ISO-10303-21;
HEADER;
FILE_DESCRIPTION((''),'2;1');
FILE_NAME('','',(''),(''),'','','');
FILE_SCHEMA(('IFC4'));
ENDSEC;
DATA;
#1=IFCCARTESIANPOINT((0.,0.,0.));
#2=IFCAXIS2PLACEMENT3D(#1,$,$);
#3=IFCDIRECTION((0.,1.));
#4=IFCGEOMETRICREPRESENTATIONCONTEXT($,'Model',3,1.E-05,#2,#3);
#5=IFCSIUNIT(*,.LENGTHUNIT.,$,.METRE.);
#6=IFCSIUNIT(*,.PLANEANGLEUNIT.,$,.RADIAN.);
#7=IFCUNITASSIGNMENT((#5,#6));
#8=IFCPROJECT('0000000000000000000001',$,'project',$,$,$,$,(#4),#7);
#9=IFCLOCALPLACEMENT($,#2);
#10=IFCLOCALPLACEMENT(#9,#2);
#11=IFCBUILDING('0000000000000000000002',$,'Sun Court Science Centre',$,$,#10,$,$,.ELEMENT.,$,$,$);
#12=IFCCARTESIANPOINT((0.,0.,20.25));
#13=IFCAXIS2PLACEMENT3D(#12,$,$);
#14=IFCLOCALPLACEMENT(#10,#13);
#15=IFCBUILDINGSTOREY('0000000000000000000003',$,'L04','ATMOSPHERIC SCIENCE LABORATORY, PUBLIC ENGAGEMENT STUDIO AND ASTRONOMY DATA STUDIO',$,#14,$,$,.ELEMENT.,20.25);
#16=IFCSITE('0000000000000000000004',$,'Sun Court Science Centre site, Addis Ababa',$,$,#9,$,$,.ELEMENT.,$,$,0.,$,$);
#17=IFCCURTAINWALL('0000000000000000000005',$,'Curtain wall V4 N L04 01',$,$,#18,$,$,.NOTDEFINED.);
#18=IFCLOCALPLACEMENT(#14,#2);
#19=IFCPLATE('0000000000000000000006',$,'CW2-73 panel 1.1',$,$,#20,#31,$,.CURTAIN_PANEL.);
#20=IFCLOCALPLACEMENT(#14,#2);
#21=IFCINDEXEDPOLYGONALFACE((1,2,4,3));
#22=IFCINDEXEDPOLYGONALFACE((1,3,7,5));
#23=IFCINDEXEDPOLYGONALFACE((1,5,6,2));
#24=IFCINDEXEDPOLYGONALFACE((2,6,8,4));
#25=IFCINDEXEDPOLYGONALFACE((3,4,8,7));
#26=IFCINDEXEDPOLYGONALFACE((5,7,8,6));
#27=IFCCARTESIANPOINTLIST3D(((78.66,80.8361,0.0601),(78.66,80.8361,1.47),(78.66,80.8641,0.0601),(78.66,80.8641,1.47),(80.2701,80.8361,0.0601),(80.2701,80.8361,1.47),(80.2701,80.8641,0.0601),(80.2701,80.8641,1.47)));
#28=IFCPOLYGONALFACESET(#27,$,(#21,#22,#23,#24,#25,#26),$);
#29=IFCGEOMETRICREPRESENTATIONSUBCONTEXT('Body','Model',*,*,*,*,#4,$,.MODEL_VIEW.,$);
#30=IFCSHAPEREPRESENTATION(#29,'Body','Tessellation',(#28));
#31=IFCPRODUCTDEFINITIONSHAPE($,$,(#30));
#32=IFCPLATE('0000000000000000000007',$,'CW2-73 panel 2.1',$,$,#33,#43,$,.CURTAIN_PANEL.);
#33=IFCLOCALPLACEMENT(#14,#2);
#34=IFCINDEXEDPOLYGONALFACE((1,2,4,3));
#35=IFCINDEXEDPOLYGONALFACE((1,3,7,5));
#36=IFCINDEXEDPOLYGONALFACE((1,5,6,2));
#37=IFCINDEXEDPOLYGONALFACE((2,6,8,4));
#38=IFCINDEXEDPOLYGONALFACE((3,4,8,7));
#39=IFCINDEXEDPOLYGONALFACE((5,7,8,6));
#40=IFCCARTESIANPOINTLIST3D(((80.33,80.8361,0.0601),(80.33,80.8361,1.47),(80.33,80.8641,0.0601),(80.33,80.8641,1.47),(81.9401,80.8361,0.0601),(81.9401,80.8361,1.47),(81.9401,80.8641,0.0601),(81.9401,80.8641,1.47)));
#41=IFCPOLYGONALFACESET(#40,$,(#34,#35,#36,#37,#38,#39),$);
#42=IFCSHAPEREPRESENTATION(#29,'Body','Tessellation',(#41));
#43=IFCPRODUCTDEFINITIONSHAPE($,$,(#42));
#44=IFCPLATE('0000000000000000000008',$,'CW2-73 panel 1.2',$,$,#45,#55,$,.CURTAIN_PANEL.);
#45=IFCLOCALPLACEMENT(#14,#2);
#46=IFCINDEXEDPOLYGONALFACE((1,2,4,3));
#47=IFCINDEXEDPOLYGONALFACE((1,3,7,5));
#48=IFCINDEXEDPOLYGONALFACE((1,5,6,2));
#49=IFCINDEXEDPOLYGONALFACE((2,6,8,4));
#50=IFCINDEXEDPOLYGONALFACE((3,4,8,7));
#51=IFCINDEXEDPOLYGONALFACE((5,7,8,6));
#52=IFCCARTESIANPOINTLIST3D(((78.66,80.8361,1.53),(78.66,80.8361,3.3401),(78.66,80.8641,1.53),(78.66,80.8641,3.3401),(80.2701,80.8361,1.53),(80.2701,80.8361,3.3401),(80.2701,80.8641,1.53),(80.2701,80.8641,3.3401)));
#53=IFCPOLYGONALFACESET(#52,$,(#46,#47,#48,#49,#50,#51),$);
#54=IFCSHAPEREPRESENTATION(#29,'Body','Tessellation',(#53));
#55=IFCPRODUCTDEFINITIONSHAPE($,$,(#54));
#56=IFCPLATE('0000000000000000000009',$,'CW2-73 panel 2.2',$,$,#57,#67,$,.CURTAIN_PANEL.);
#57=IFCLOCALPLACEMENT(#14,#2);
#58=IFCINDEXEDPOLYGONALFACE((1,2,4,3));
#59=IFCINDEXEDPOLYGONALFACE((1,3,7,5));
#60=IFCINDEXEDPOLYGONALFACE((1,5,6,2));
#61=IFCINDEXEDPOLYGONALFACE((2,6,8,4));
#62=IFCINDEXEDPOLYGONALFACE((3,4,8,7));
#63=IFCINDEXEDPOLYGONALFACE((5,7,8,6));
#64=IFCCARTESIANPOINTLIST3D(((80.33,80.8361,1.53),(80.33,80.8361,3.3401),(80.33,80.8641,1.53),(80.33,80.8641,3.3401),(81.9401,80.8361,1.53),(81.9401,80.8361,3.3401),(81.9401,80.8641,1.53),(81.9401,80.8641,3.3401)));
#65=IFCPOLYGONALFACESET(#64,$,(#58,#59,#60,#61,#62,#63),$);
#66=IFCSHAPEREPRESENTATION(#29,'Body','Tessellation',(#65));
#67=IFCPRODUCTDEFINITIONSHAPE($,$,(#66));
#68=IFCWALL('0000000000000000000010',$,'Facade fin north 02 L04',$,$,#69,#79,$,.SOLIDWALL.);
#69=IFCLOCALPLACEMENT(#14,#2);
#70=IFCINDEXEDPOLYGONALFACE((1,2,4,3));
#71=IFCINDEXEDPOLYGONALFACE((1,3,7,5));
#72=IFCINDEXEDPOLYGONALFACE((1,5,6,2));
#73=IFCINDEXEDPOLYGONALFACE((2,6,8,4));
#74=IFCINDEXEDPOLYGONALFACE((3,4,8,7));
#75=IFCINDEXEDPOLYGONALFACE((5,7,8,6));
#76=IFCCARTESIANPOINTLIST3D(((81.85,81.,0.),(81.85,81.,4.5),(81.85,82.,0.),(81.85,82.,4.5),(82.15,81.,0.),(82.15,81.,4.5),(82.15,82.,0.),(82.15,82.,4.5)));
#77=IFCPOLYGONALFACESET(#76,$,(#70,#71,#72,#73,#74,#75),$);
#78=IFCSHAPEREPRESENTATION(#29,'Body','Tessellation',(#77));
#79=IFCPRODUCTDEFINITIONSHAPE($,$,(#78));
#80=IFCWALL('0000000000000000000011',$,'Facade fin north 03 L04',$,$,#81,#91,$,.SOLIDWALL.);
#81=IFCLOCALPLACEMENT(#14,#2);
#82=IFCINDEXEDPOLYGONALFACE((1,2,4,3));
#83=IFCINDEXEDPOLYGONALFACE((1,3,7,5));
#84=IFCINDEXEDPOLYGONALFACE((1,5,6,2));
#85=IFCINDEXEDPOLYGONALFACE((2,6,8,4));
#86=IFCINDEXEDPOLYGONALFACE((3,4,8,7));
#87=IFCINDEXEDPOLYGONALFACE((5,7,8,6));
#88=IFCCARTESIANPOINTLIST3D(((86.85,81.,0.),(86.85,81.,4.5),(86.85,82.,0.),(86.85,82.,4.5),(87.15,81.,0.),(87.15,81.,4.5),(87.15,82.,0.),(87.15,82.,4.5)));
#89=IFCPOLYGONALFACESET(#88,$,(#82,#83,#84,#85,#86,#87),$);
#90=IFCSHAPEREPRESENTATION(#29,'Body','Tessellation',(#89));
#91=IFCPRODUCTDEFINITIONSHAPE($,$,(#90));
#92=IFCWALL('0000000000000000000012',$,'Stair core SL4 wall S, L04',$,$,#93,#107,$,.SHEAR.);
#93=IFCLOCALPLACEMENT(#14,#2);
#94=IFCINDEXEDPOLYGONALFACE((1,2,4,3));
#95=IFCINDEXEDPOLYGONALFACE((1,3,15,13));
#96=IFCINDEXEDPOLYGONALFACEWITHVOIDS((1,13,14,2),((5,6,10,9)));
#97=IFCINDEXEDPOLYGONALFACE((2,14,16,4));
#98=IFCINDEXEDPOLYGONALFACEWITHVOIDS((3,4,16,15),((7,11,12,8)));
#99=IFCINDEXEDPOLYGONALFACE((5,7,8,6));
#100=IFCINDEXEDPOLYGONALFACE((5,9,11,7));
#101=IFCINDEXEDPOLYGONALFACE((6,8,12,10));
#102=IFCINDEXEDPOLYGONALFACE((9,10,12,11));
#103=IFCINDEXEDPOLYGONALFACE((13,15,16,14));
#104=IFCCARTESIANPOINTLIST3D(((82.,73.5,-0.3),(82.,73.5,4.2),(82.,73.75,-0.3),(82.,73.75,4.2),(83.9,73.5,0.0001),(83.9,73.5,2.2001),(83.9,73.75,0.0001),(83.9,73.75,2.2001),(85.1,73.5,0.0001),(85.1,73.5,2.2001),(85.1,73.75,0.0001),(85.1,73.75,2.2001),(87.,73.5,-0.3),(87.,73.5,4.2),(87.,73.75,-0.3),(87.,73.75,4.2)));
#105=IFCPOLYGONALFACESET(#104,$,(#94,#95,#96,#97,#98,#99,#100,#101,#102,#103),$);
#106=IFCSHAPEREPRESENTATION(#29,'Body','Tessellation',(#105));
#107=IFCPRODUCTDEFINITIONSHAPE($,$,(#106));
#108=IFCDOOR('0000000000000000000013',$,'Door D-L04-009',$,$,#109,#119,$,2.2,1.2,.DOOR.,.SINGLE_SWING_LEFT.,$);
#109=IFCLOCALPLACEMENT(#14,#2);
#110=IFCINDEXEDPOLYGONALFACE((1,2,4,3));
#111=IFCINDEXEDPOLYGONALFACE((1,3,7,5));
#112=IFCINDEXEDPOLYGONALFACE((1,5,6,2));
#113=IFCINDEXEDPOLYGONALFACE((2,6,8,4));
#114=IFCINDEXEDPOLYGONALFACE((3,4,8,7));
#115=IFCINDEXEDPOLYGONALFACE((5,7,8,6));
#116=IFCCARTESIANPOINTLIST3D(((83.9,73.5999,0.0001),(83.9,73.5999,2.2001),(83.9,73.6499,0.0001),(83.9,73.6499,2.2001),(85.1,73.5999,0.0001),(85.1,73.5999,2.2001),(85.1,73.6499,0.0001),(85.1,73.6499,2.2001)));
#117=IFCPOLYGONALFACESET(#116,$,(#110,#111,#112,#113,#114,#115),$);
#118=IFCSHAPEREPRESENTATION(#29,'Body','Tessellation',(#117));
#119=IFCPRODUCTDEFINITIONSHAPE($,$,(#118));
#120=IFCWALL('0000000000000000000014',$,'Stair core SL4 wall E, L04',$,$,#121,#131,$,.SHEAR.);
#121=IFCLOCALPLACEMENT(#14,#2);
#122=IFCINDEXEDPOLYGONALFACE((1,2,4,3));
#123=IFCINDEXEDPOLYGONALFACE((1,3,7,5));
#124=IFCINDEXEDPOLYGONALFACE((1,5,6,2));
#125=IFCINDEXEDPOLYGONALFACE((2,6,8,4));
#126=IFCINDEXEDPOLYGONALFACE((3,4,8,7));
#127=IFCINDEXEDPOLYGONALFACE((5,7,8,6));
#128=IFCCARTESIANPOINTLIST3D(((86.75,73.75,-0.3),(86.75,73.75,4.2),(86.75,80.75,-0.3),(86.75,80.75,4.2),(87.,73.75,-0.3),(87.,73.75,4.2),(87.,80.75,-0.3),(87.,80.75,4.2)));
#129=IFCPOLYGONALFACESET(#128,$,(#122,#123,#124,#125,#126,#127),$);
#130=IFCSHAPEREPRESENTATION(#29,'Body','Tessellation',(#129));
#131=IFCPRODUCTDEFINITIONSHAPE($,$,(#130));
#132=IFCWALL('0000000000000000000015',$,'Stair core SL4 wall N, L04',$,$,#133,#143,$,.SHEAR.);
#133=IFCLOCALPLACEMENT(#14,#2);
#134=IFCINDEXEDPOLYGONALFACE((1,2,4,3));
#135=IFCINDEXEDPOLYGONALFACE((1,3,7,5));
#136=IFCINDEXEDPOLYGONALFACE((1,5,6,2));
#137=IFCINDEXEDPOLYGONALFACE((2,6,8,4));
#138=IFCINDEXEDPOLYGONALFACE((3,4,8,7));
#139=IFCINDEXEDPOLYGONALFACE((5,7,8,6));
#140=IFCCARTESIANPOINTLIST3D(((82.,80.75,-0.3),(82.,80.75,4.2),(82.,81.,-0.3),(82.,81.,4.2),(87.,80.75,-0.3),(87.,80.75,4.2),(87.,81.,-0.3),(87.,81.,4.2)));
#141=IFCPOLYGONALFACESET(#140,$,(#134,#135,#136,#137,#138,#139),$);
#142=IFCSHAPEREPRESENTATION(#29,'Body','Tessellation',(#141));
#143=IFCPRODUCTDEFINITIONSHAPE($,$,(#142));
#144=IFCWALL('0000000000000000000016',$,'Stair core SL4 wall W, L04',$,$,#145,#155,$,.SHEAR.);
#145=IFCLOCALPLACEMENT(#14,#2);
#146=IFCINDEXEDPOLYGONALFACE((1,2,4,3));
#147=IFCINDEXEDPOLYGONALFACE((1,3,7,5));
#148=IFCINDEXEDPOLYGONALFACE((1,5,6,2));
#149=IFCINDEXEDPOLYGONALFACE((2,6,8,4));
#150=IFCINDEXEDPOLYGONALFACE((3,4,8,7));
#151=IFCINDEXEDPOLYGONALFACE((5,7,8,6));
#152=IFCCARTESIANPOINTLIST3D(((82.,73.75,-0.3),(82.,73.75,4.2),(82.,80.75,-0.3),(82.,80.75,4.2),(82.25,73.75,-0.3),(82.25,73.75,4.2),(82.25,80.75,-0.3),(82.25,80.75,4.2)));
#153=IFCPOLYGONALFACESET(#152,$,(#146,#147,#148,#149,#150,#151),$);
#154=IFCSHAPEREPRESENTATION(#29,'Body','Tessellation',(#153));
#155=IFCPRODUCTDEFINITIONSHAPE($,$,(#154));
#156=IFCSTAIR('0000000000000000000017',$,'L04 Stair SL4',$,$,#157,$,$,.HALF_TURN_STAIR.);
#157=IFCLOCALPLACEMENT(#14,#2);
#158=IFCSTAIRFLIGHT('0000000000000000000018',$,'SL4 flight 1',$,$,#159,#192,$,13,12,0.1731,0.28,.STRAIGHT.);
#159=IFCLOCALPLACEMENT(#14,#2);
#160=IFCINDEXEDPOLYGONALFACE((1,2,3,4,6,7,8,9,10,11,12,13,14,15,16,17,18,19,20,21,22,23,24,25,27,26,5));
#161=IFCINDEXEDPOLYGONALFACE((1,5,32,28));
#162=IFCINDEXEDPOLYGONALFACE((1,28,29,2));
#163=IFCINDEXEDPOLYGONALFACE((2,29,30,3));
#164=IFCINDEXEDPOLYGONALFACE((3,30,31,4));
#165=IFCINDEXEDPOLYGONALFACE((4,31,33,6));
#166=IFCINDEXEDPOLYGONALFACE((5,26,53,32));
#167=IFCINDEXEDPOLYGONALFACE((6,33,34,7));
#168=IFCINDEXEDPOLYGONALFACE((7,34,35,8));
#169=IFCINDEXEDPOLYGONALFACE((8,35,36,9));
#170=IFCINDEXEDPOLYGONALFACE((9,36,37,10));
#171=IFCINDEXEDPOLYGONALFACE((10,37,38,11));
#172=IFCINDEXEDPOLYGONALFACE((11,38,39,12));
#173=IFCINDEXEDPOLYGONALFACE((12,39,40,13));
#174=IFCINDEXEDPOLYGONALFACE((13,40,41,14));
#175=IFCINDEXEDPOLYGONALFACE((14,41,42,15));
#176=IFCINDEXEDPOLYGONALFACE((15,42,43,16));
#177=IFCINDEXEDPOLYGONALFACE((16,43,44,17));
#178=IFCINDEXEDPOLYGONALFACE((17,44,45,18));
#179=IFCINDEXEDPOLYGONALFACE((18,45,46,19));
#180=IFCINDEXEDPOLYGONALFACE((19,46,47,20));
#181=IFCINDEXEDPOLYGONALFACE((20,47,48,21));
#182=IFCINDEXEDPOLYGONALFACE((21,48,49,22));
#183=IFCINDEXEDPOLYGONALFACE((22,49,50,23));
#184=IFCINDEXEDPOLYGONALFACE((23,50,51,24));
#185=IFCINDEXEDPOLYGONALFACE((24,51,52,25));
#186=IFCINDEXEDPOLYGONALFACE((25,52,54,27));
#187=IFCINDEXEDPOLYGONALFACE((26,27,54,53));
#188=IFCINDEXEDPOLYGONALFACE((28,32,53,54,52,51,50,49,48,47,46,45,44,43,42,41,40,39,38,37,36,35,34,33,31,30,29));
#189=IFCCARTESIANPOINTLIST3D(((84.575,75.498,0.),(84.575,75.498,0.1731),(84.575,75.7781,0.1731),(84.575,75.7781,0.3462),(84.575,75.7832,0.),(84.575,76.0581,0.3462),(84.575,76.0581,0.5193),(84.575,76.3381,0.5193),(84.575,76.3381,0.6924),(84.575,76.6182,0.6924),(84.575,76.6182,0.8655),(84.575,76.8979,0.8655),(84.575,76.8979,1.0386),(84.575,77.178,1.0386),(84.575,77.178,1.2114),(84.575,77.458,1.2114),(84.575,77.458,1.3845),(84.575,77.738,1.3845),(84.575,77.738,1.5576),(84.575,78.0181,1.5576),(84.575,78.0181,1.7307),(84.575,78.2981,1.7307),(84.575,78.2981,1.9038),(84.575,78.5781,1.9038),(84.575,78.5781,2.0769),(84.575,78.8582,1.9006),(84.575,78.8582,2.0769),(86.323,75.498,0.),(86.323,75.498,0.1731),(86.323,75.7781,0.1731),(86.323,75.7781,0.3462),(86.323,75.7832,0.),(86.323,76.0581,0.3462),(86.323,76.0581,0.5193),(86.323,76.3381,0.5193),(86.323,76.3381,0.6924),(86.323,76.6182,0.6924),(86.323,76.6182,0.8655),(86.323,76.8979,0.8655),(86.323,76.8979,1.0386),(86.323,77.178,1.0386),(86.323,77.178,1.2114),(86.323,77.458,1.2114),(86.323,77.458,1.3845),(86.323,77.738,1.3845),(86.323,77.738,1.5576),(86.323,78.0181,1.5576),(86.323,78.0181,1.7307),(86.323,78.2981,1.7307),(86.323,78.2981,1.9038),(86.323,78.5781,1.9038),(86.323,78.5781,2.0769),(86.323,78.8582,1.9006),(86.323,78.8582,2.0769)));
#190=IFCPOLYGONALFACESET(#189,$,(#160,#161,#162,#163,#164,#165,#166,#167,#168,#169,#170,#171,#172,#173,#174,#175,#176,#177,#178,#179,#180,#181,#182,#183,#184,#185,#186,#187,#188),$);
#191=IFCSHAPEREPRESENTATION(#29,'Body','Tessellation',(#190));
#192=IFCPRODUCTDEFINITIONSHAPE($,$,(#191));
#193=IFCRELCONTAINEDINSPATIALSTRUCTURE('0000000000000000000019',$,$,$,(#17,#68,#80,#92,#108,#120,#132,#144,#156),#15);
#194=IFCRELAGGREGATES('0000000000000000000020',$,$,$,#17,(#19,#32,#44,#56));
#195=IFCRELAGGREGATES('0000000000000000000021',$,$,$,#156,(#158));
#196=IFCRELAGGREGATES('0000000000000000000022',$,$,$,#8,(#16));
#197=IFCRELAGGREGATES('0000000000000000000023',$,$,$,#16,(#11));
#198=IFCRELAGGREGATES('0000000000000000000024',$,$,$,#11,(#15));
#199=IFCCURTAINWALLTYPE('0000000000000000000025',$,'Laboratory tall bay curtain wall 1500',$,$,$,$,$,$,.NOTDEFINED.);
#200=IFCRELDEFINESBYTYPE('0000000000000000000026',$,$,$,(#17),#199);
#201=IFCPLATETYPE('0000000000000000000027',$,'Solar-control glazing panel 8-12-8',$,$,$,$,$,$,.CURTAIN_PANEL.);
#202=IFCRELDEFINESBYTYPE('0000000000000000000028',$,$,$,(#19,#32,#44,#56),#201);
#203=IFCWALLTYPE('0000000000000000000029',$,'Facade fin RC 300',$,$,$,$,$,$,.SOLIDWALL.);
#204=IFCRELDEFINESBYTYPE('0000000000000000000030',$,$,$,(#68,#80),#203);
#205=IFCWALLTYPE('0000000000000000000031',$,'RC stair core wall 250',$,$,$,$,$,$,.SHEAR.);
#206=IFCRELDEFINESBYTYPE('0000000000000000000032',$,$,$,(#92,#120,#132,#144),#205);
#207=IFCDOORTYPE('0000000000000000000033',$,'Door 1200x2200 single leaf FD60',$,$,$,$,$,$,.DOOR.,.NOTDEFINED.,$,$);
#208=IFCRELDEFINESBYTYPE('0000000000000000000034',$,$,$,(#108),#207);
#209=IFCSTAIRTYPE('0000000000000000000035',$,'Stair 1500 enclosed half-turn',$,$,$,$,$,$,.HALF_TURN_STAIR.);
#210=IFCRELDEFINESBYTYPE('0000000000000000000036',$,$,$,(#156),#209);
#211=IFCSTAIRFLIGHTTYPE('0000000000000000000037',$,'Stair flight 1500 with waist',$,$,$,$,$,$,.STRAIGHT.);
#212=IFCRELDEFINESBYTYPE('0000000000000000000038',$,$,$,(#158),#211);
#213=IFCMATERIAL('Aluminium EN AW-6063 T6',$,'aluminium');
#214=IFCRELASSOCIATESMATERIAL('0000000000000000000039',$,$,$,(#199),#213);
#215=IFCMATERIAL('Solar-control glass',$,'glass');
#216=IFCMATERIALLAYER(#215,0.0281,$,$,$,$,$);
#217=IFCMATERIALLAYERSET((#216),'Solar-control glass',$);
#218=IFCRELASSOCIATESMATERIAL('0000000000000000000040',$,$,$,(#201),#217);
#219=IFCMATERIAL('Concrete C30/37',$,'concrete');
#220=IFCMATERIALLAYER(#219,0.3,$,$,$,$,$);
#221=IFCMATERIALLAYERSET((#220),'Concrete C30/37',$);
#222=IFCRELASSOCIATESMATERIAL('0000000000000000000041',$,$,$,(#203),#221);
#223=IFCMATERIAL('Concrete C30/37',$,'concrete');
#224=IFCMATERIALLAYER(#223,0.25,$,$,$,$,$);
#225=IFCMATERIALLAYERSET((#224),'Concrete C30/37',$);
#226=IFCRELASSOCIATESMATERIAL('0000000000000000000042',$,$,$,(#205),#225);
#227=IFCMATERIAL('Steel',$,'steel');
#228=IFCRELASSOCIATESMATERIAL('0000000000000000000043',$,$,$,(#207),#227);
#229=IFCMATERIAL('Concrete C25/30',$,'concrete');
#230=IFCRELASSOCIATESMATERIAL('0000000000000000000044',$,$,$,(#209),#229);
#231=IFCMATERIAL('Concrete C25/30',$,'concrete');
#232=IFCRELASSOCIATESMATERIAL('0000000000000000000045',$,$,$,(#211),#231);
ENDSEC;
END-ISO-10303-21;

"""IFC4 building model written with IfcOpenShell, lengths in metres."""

from ifc_helpers import new_model, si_unit, direction, frame, frame_2d, origin, origin_2d, place, context, subcontext, project, spatial, polyline, rectangle, outline, extrude, material, layer, layer_set, type_object, element, fill, aggregate, save


model = new_model("IFC4")

# Units and contexts
model_context = context("Model", 3, precision=1e-05, world=origin(), true_north=direction((0.0, 1.0)))
body_context = subcontext(model_context, "Body", "Model", "MODEL_VIEW")
ifc_project = project(units=[si_unit("LENGTHUNIT", "METRE"), si_unit("PLANEANGLEUNIT", "RADIAN")], contexts=[model_context])

# Site, building, storey
site_placement = place(None, origin())
site = spatial("IfcSite", under=ifc_project, at=site_placement, Name="Sun Court Science Centre site, Addis Ababa", CompositionType="ELEMENT", RefElevation=0.0)
building_placement = place(site_placement, origin())
building = spatial("IfcBuilding", under=site, at=building_placement, Name="Sun Court Science Centre", CompositionType="ELEMENT")
storey_placement = place(building_placement, frame((0.0, 0.0, 20.25)))
storey = spatial("IfcBuildingStorey", under=building, at=storey_placement, Name="L04", Description="ATMOSPHERIC SCIENCE LABORATORY, PUBLIC ENGAGEMENT STUDIO AND ASTRONOMY DATA STUDIO", CompositionType="ELEMENT", Elevation=20.25)

# Curtain wall
ifc_material_1 = material(Name="Aluminium EN AW-6063 T6", Category="aluminium")
curtain_wall_type = type_object("IfcCurtainWallType", Name="Laboratory tall bay curtain wall 1500", PredefinedType="NOTDEFINED", material=ifc_material_1)
curtain_wall_1_placement = place(storey_placement, origin())
curtain_wall_1 = element("IfcCurtainWall", 1, at=curtain_wall_1_placement, inside=storey, type_object=curtain_wall_type, Name="Curtain wall V4 N L04 01", PredefinedType="NOTDEFINED")

# Plates
ifc_material_2 = material(Name="Solar-control glass", Category="glass")
ifc_layer_1 = layer(ifc_material_2, 0.0281)
ifc_layer_set_1 = layer_set([ifc_layer_1], Name="Solar-control glass")
plate_type = type_object("IfcPlateType", Name="Solar-control glazing panel 8-12-8", PredefinedType="CURTAIN_PANEL", material=ifc_layer_set_1)
plate_1_placement = place(storey_placement, frame((79.4651, 80.8501, 0.0601), z_axis=(0.0, 0.0, 1.0), x_axis=(1.0, 0.0, 0.0)))
plate_1 = element("IfcPlate", 2, at=plate_1_placement, type_object=plate_type, Name="CW2-73 panel 1.1", PredefinedType="CURTAIN_PANEL", context=body_context, shape_type="SweptSolid", body=[
    extrude(rectangle(XDim=1.6101, YDim=0.0281, at=origin_2d()), origin(), (0.0, 0.0, 1.0), 1.4099),
])
plate_2_placement = place(storey_placement, frame((81.135, 80.8501, 0.0601), z_axis=(0.0, 0.0, 1.0), x_axis=(1.0, 0.0, 0.0)))
plate_2 = element("IfcPlate", 3, at=plate_2_placement, type_object=plate_type, Name="CW2-73 panel 2.1", PredefinedType="CURTAIN_PANEL", context=body_context, shape_type="SweptSolid", body=[
    extrude(rectangle(XDim=1.6101, YDim=0.0281, at=origin_2d()), origin(), (0.0, 0.0, 1.0), 1.4099),
])
plate_3_placement = place(storey_placement, frame((79.4651, 80.8501, 1.53), z_axis=(0.0, 0.0, 1.0), x_axis=(1.0, 0.0, 0.0)))
plate_3 = element("IfcPlate", 4, at=plate_3_placement, type_object=plate_type, Name="CW2-73 panel 1.2", PredefinedType="CURTAIN_PANEL", context=body_context, shape_type="SweptSolid", body=[
    extrude(rectangle(XDim=1.6101, YDim=0.0281, at=origin_2d()), origin(), (0.0, 0.0, 1.0), 1.8101),
])
plate_4_placement = place(storey_placement, frame((81.135, 80.8501, 1.53), z_axis=(0.0, 0.0, 1.0), x_axis=(1.0, 0.0, 0.0)))
plate_4 = element("IfcPlate", 5, at=plate_4_placement, type_object=plate_type, Name="CW2-73 panel 2.2", PredefinedType="CURTAIN_PANEL", context=body_context, shape_type="SweptSolid", body=[
    extrude(rectangle(XDim=1.6101, YDim=0.0281, at=origin_2d()), origin(), (0.0, 0.0, 1.0), 1.8101),
])
aggregate(curtain_wall_1, [plate_1, plate_2, plate_3, plate_4])

# Walls
ifc_material_3 = material(Name="Concrete C30/37", Category="concrete")
ifc_layer_2 = layer(ifc_material_3, 0.3)
ifc_layer_set_2 = layer_set([ifc_layer_2], Name="Concrete C30/37")
wall_type_1 = type_object("IfcWallType", Name="Facade fin RC 300", PredefinedType="SOLIDWALL", material=ifc_layer_set_2)
for number, where, z_axis, x_axis, name in (
    (6, (82.0, 81.0, 0.0), (0.0, 0.0, 1.0), (0.0, 1.0, 0.0), "Facade fin north 02 L04"),
    (7, (87.0, 81.0, 0.0), (0.0, 0.0, 1.0), (0.0, 1.0, 0.0), "Facade fin north 03 L04"),
):
    element("IfcWall", number, at=place(storey_placement, frame(where, z_axis=z_axis, x_axis=x_axis)), inside=storey, type_object=wall_type_1, Name=name, PredefinedType="SOLIDWALL", context=body_context, shape_type="SweptSolid", body=[
        extrude(rectangle(XDim=1.0, YDim=0.3, at=frame_2d((0.5, 0.0))), origin(), (0.0, 0.0, 1.0), 4.5),
    ])

# Wall, opening, door
ifc_material_4 = material(Name="Concrete C30/37", Category="concrete")
ifc_layer_3 = layer(ifc_material_4, 0.25)
ifc_layer_set_3 = layer_set([ifc_layer_3], Name="Concrete C30/37")
wall_type_2 = type_object("IfcWallType", Name="RC stair core wall 250", PredefinedType="SHEAR", material=ifc_layer_set_3)
wall_1_placement = place(storey_placement, frame((82.0, 73.625, -0.3), z_axis=(0.0, 0.0, 1.0), x_axis=(1.0, 0.0, 0.0)))
wall_1 = element("IfcWall", 8, at=wall_1_placement, inside=storey, type_object=wall_type_2, Name="Stair core SL4 wall S, L04", PredefinedType="SHEAR", context=body_context, shape_type="SweptSolid", body=[
    extrude(rectangle(XDim=5.0, YDim=0.25, at=frame_2d((2.5, 0.0))), origin(), (0.0, 0.0, 1.0), 4.5),
])
opening_placement = place(wall_1_placement, frame((1.8999, 0.0, 0.3)))
opening = element("IfcOpeningElement", 9, at=opening_placement, cuts=wall_1, PredefinedType="OPENING", context=body_context, shape_type="SweptSolid", body=[
    extrude(rectangle(XDim=1.2, YDim=2.2, at=frame_2d((0.6001, 1.1001))), frame((0.0, 0.135, 0.0), z_axis=(0.0, -1.0, 0.0), x_axis=(1.0, 0.0, 0.0)), (0.0, 0.0, 1.0), 0.27),
])
ifc_material_5 = material(Name="Steel", Category="steel")
door_type = type_object("IfcDoorType", Name="Door 1200x2200 single leaf FD60", OperationType="NOTDEFINED", PredefinedType="DOOR", material=ifc_material_5)
door_placement = place(opening_placement, origin())
door = element("IfcDoor", 10, at=door_placement, inside=storey, type_object=door_type, Name="Door D-L04-009", OperationType="SINGLE_SWING_LEFT", OverallHeight=2.2, OverallWidth=1.2, PredefinedType="DOOR", context=body_context, shape_type="SweptSolid", body=[
    extrude(rectangle(XDim=1.2, YDim=2.2, at=frame_2d((0.6001, 1.1001))), frame((0.0, 0.0249, 0.0), z_axis=(0.0, -1.0, 0.0), x_axis=(1.0, 0.0, 0.0)), (0.0, 0.0, 1.0), 0.05),
])
fill(opening, door)

# Walls
wall_2_placement = place(storey_placement, frame((86.875, 73.75, -0.3), z_axis=(0.0, 0.0, 1.0), x_axis=(0.0, 1.0, 0.0)))
element("IfcWall", 11, at=wall_2_placement, inside=storey, type_object=wall_type_2, Name="Stair core SL4 wall E, L04", PredefinedType="SHEAR", context=body_context, shape_type="SweptSolid", body=[
    extrude(rectangle(XDim=7.0, YDim=0.25, at=frame_2d((3.5, 0.0))), origin(), (0.0, 0.0, 1.0), 4.5),
])
wall_3_placement = place(storey_placement, frame((82.0, 80.875, -0.3), z_axis=(0.0, 0.0, 1.0), x_axis=(1.0, 0.0, 0.0)))
element("IfcWall", 12, at=wall_3_placement, inside=storey, type_object=wall_type_2, Name="Stair core SL4 wall N, L04", PredefinedType="SHEAR", context=body_context, shape_type="SweptSolid", body=[
    extrude(rectangle(XDim=5.0, YDim=0.25, at=frame_2d((2.5, 0.0))), origin(), (0.0, 0.0, 1.0), 4.5),
])
wall_4_placement = place(storey_placement, frame((82.125, 73.75, -0.3), z_axis=(0.0, 0.0, 1.0), x_axis=(0.0, 1.0, 0.0)))
element("IfcWall", 13, at=wall_4_placement, inside=storey, type_object=wall_type_2, Name="Stair core SL4 wall W, L04", PredefinedType="SHEAR", context=body_context, shape_type="SweptSolid", body=[
    extrude(rectangle(XDim=7.0, YDim=0.25, at=frame_2d((3.5, 0.0))), origin(), (0.0, 0.0, 1.0), 4.5),
])

# Stair, stair flight
ifc_material_6 = material(Name="Concrete C25/30", Category="concrete")
stair_type = type_object("IfcStairType", Name="Stair 1500 enclosed half-turn", PredefinedType="HALF_TURN_STAIR", material=ifc_material_6)
stair_placement = place(storey_placement, origin())
stair = element("IfcStair", 14, at=stair_placement, inside=storey, type_object=stair_type, Name="L04 Stair SL4", PredefinedType="HALF_TURN_STAIR")
ifc_material_7 = material(Name="Concrete C25/30", Category="concrete")
stair_flight_type = type_object("IfcStairFlightType", Name="Stair flight 1500 with waist", PredefinedType="STRAIGHT", material=ifc_material_7)
stair_flight_1_placement = place(storey_placement, frame((85.449, 75.498, 0.0), z_axis=(0.0, 0.0, 1.0), x_axis=(0.0, 1.0, 0.0)))
stair_flight_1 = element("IfcStairFlight", 15, at=stair_flight_1_placement, type_object=stair_flight_type, Name="SL4 flight 1", NumberOfRisers=13, NumberOfTreads=12, PredefinedType="STRAIGHT", RiserHeight=0.1731, TreadLength=0.28, context=body_context, shape_type="SweptSolid", body=[
    extrude(outline(polyline([(0.0, 0.0), (0.0, 0.1731), (0.28, 0.1731), (0.28, 0.3462), (0.5601, 0.3462), (0.5601, 0.5193), (0.8401, 0.5193), (0.8401, 0.6924), (1.1201, 0.6924), (1.1201, 0.8655), (1.3999, 0.8655), (1.3999, 1.0386), (1.6799, 1.0386), (1.6799, 1.2114), (1.96, 1.2114), (1.96, 1.3845), (2.24, 1.3845), (2.24, 1.5576), (2.52, 1.5576), (2.52, 1.7307), (2.8, 1.7307), (2.8, 1.9038), (3.0801, 1.9038), (3.0801, 2.0769), (3.3601, 2.0769), (3.3601, 2.25), (3.3601, 1.9006), (0.2852, 0.0), (0.0, 0.0)])), frame((0.0, 0.874, 0.0), z_axis=(0.0, -1.0, 0.0), x_axis=(1.0, 0.0, 0.0)), (0.0, 0.0, 1.0), 1.748),
])
aggregate(stair, [stair_flight_1])

save(model, "model.ifc")
